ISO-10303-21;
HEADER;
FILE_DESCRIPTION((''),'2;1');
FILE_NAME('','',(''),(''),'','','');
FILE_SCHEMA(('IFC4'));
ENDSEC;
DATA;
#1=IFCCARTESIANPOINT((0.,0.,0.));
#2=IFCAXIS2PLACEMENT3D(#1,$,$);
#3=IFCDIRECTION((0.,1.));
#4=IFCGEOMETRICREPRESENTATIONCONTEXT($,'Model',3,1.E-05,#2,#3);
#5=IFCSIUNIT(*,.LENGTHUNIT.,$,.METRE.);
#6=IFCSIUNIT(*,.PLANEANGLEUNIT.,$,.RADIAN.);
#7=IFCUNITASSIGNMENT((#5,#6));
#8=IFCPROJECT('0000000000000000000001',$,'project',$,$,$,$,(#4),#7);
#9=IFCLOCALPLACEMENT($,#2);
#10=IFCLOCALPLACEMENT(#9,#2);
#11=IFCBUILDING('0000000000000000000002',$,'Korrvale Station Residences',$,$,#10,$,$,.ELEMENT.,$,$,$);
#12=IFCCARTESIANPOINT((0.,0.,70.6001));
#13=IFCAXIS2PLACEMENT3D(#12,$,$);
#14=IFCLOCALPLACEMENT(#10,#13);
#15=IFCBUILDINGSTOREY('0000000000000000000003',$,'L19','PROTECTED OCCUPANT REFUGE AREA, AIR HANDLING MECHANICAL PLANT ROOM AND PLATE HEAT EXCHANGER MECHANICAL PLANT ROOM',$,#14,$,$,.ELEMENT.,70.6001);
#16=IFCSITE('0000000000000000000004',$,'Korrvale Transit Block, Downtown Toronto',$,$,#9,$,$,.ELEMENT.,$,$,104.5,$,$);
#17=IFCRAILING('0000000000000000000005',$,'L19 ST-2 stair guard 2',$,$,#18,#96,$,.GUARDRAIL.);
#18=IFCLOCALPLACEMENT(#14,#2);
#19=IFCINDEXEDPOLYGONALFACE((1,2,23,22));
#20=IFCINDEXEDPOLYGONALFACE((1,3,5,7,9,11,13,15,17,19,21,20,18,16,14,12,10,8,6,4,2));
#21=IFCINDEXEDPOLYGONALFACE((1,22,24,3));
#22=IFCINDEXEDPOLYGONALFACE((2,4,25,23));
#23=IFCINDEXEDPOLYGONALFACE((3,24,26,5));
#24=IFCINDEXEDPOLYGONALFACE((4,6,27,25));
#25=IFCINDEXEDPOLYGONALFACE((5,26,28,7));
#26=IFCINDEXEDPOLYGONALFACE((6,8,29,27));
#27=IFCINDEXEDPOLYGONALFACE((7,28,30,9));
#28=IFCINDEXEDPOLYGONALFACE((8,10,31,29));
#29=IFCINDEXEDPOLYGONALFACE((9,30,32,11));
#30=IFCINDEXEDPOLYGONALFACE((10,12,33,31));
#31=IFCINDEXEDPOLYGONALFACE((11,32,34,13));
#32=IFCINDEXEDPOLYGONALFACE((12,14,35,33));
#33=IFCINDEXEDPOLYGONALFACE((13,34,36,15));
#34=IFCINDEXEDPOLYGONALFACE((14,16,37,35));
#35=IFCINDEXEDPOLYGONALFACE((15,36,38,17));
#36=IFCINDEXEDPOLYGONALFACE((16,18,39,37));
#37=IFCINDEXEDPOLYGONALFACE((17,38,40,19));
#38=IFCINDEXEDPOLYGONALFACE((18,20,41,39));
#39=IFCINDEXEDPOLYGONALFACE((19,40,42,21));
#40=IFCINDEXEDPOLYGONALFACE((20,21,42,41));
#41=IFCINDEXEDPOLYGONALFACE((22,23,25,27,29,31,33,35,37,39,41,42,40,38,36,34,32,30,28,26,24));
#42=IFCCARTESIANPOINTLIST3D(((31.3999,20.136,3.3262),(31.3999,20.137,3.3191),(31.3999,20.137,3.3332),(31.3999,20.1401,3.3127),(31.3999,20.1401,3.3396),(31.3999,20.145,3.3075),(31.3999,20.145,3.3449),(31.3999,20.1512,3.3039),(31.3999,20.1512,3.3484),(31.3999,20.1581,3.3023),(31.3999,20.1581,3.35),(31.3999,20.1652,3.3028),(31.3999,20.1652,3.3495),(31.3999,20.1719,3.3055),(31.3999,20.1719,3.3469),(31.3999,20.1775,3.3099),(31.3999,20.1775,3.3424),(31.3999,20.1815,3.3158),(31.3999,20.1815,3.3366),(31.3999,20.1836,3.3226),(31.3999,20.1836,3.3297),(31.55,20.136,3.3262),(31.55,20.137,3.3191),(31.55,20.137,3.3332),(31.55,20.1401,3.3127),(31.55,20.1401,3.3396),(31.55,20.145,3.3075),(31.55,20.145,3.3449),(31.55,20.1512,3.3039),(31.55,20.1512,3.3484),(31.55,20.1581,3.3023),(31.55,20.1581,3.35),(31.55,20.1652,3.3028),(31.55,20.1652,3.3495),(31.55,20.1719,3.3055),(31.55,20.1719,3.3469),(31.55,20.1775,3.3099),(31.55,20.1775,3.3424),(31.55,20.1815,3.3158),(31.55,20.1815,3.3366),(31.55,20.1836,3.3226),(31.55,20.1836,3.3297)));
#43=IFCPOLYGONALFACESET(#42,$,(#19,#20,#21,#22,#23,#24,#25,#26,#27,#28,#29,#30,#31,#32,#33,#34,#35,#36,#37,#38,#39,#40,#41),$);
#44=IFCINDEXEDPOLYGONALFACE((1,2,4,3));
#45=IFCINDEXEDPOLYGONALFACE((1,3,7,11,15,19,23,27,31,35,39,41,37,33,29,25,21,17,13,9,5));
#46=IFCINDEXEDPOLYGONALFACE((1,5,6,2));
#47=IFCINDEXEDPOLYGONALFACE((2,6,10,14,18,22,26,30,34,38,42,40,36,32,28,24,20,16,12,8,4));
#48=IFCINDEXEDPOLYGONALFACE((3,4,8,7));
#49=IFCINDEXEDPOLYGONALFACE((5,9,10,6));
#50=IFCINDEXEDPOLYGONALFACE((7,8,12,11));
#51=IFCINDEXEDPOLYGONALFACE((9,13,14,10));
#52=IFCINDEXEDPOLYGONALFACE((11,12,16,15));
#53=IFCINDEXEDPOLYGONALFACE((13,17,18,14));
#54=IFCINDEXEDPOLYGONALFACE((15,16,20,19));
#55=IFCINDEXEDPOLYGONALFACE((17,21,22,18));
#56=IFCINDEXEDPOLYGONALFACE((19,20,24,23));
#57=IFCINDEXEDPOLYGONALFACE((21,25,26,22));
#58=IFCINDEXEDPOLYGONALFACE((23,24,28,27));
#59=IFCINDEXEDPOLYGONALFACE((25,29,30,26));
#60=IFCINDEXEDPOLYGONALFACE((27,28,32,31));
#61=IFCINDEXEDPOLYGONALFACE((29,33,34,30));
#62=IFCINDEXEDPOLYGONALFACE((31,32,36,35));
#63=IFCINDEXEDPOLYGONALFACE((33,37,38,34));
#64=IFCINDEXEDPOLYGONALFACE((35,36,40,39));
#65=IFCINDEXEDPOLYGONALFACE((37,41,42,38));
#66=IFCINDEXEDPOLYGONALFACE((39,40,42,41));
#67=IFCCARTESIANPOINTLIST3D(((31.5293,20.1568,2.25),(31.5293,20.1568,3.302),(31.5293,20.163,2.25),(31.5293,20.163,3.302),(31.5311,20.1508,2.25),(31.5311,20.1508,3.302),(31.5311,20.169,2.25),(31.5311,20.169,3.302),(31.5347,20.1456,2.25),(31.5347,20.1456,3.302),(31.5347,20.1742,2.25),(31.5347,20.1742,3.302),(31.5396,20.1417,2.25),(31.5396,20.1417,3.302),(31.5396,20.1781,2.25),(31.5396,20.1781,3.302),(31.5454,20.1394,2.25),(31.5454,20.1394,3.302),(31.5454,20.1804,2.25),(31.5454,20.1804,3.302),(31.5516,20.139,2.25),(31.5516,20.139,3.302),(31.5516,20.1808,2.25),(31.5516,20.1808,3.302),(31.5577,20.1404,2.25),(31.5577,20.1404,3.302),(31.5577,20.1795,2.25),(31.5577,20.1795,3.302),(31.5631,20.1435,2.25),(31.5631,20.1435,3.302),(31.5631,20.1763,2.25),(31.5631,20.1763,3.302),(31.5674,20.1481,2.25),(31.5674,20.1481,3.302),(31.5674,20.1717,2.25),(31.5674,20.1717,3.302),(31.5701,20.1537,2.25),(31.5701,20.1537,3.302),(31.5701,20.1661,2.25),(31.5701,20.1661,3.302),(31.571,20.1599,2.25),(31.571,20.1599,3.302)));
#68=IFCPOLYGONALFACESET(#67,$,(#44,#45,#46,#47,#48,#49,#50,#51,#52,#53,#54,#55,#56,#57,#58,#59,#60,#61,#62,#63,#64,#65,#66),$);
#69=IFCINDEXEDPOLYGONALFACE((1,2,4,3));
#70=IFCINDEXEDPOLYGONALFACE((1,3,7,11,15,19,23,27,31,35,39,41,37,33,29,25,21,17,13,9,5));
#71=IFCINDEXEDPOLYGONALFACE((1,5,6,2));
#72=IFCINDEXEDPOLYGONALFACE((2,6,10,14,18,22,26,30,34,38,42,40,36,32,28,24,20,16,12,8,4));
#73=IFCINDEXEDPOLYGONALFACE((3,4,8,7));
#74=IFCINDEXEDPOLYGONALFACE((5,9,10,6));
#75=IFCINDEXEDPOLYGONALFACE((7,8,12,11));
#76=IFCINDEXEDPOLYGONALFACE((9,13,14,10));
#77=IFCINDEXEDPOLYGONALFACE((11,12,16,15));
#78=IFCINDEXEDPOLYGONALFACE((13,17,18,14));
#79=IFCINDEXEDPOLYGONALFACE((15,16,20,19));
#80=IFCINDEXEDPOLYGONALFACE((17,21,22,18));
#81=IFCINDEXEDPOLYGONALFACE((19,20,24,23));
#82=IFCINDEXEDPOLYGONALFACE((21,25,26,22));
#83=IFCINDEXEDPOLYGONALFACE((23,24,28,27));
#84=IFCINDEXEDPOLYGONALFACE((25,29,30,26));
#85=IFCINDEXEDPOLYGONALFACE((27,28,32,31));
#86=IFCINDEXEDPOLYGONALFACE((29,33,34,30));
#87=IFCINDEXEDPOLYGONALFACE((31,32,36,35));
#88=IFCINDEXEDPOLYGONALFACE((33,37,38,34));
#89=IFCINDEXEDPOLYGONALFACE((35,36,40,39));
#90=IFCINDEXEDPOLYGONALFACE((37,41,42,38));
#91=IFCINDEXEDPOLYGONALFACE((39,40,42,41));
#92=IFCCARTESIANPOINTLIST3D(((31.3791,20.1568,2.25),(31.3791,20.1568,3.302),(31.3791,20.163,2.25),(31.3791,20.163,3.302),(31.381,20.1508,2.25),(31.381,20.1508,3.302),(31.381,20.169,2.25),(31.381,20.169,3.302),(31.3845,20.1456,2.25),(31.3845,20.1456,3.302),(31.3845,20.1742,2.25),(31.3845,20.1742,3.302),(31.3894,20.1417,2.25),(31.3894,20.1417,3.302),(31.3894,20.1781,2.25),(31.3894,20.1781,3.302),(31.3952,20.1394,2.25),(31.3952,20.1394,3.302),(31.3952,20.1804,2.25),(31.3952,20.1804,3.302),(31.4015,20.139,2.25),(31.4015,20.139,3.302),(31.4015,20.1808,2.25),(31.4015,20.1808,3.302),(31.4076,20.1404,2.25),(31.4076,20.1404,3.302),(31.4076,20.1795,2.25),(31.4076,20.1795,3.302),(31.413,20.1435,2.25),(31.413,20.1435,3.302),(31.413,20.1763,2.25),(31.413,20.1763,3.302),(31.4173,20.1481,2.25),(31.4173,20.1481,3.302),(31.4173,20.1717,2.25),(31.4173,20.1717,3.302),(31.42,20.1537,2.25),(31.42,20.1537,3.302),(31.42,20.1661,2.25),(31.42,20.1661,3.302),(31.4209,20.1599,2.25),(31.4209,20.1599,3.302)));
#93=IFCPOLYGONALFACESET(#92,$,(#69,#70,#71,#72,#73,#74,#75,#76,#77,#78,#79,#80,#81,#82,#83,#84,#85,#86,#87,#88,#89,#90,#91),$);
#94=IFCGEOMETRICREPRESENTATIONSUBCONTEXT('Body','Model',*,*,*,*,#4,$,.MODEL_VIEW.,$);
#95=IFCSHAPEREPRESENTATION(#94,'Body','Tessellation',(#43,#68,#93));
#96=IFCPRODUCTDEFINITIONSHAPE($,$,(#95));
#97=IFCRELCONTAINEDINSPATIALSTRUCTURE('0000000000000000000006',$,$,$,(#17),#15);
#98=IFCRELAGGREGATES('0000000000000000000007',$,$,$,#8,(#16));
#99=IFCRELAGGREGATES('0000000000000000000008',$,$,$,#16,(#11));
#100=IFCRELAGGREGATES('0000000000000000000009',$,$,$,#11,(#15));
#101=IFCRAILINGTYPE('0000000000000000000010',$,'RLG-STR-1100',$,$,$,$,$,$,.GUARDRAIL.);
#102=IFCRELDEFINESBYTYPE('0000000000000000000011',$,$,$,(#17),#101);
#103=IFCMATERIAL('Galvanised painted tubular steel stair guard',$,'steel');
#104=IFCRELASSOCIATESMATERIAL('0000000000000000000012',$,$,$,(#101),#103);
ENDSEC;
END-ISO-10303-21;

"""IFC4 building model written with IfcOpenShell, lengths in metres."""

from ifc_helpers import new_model, si_unit, direction, frame, origin, origin_2d, place, context, subcontext, project, spatial, circle, extrude, material, type_object, element, save


model = new_model("IFC4")

# Units and contexts
model_context = context("Model", 3, precision=1e-05, world=origin(), true_north=direction((0.0, 1.0)))
body_context = subcontext(model_context, "Body", "Model", "MODEL_VIEW")
ifc_project = project(units=[si_unit("LENGTHUNIT", "METRE"), si_unit("PLANEANGLEUNIT", "RADIAN")], contexts=[model_context])

# Site, building, storey
site_placement = place(None, origin())
site = spatial("IfcSite", under=ifc_project, at=site_placement, Name="Korrvale Transit Block, Downtown Toronto", CompositionType="ELEMENT", RefElevation=104.5)
building_placement = place(site_placement, origin())
building = spatial("IfcBuilding", under=site, at=building_placement, Name="Korrvale Station Residences", CompositionType="ELEMENT")
storey_placement = place(building_placement, frame((0.0, 0.0, 70.6001)))
storey = spatial("IfcBuildingStorey", under=building, at=storey_placement, Name="L19", Description="PROTECTED OCCUPANT REFUGE AREA, AIR HANDLING MECHANICAL PLANT ROOM AND PLATE HEAT EXCHANGER MECHANICAL PLANT ROOM", CompositionType="ELEMENT", Elevation=70.6001)

# Railing
ifc_material_1 = material(Name="Galvanised painted tubular steel stair guard", Category="steel")
railing_type_1 = type_object("IfcRailingType", Name="RLG-STR-1100", PredefinedType="GUARDRAIL", material=ifc_material_1)
railing_1_placement = place(storey_placement, frame((31.55, 20.1599, 2.25)))
element("IfcRailing", 1, at=railing_1_placement, inside=storey, type_object=railing_type_1, Name="L19 ST-2 stair guard 2", PredefinedType="GUARDRAIL", context=body_context, shape_type="SweptSolid", body=[
    extrude(circle(Radius=0.0239, at=origin_2d()), frame((0.0, 0.0, 1.0762), z_axis=(-1.0, 0.0, 0.0), x_axis=(0.0, -1.0, 0.0)), (0.0, 0.0, 1.0), 0.1501),
    extrude(circle(Radius=0.021, at=origin_2d()), origin(), (0.0, 0.0, 1.0), 1.052),
    extrude(circle(Radius=0.021, at=origin_2d()), frame((-0.1501, 0.0, 0.0)), (0.0, 0.0, 1.0), 1.052),
])

save(model, "model.ifc")
